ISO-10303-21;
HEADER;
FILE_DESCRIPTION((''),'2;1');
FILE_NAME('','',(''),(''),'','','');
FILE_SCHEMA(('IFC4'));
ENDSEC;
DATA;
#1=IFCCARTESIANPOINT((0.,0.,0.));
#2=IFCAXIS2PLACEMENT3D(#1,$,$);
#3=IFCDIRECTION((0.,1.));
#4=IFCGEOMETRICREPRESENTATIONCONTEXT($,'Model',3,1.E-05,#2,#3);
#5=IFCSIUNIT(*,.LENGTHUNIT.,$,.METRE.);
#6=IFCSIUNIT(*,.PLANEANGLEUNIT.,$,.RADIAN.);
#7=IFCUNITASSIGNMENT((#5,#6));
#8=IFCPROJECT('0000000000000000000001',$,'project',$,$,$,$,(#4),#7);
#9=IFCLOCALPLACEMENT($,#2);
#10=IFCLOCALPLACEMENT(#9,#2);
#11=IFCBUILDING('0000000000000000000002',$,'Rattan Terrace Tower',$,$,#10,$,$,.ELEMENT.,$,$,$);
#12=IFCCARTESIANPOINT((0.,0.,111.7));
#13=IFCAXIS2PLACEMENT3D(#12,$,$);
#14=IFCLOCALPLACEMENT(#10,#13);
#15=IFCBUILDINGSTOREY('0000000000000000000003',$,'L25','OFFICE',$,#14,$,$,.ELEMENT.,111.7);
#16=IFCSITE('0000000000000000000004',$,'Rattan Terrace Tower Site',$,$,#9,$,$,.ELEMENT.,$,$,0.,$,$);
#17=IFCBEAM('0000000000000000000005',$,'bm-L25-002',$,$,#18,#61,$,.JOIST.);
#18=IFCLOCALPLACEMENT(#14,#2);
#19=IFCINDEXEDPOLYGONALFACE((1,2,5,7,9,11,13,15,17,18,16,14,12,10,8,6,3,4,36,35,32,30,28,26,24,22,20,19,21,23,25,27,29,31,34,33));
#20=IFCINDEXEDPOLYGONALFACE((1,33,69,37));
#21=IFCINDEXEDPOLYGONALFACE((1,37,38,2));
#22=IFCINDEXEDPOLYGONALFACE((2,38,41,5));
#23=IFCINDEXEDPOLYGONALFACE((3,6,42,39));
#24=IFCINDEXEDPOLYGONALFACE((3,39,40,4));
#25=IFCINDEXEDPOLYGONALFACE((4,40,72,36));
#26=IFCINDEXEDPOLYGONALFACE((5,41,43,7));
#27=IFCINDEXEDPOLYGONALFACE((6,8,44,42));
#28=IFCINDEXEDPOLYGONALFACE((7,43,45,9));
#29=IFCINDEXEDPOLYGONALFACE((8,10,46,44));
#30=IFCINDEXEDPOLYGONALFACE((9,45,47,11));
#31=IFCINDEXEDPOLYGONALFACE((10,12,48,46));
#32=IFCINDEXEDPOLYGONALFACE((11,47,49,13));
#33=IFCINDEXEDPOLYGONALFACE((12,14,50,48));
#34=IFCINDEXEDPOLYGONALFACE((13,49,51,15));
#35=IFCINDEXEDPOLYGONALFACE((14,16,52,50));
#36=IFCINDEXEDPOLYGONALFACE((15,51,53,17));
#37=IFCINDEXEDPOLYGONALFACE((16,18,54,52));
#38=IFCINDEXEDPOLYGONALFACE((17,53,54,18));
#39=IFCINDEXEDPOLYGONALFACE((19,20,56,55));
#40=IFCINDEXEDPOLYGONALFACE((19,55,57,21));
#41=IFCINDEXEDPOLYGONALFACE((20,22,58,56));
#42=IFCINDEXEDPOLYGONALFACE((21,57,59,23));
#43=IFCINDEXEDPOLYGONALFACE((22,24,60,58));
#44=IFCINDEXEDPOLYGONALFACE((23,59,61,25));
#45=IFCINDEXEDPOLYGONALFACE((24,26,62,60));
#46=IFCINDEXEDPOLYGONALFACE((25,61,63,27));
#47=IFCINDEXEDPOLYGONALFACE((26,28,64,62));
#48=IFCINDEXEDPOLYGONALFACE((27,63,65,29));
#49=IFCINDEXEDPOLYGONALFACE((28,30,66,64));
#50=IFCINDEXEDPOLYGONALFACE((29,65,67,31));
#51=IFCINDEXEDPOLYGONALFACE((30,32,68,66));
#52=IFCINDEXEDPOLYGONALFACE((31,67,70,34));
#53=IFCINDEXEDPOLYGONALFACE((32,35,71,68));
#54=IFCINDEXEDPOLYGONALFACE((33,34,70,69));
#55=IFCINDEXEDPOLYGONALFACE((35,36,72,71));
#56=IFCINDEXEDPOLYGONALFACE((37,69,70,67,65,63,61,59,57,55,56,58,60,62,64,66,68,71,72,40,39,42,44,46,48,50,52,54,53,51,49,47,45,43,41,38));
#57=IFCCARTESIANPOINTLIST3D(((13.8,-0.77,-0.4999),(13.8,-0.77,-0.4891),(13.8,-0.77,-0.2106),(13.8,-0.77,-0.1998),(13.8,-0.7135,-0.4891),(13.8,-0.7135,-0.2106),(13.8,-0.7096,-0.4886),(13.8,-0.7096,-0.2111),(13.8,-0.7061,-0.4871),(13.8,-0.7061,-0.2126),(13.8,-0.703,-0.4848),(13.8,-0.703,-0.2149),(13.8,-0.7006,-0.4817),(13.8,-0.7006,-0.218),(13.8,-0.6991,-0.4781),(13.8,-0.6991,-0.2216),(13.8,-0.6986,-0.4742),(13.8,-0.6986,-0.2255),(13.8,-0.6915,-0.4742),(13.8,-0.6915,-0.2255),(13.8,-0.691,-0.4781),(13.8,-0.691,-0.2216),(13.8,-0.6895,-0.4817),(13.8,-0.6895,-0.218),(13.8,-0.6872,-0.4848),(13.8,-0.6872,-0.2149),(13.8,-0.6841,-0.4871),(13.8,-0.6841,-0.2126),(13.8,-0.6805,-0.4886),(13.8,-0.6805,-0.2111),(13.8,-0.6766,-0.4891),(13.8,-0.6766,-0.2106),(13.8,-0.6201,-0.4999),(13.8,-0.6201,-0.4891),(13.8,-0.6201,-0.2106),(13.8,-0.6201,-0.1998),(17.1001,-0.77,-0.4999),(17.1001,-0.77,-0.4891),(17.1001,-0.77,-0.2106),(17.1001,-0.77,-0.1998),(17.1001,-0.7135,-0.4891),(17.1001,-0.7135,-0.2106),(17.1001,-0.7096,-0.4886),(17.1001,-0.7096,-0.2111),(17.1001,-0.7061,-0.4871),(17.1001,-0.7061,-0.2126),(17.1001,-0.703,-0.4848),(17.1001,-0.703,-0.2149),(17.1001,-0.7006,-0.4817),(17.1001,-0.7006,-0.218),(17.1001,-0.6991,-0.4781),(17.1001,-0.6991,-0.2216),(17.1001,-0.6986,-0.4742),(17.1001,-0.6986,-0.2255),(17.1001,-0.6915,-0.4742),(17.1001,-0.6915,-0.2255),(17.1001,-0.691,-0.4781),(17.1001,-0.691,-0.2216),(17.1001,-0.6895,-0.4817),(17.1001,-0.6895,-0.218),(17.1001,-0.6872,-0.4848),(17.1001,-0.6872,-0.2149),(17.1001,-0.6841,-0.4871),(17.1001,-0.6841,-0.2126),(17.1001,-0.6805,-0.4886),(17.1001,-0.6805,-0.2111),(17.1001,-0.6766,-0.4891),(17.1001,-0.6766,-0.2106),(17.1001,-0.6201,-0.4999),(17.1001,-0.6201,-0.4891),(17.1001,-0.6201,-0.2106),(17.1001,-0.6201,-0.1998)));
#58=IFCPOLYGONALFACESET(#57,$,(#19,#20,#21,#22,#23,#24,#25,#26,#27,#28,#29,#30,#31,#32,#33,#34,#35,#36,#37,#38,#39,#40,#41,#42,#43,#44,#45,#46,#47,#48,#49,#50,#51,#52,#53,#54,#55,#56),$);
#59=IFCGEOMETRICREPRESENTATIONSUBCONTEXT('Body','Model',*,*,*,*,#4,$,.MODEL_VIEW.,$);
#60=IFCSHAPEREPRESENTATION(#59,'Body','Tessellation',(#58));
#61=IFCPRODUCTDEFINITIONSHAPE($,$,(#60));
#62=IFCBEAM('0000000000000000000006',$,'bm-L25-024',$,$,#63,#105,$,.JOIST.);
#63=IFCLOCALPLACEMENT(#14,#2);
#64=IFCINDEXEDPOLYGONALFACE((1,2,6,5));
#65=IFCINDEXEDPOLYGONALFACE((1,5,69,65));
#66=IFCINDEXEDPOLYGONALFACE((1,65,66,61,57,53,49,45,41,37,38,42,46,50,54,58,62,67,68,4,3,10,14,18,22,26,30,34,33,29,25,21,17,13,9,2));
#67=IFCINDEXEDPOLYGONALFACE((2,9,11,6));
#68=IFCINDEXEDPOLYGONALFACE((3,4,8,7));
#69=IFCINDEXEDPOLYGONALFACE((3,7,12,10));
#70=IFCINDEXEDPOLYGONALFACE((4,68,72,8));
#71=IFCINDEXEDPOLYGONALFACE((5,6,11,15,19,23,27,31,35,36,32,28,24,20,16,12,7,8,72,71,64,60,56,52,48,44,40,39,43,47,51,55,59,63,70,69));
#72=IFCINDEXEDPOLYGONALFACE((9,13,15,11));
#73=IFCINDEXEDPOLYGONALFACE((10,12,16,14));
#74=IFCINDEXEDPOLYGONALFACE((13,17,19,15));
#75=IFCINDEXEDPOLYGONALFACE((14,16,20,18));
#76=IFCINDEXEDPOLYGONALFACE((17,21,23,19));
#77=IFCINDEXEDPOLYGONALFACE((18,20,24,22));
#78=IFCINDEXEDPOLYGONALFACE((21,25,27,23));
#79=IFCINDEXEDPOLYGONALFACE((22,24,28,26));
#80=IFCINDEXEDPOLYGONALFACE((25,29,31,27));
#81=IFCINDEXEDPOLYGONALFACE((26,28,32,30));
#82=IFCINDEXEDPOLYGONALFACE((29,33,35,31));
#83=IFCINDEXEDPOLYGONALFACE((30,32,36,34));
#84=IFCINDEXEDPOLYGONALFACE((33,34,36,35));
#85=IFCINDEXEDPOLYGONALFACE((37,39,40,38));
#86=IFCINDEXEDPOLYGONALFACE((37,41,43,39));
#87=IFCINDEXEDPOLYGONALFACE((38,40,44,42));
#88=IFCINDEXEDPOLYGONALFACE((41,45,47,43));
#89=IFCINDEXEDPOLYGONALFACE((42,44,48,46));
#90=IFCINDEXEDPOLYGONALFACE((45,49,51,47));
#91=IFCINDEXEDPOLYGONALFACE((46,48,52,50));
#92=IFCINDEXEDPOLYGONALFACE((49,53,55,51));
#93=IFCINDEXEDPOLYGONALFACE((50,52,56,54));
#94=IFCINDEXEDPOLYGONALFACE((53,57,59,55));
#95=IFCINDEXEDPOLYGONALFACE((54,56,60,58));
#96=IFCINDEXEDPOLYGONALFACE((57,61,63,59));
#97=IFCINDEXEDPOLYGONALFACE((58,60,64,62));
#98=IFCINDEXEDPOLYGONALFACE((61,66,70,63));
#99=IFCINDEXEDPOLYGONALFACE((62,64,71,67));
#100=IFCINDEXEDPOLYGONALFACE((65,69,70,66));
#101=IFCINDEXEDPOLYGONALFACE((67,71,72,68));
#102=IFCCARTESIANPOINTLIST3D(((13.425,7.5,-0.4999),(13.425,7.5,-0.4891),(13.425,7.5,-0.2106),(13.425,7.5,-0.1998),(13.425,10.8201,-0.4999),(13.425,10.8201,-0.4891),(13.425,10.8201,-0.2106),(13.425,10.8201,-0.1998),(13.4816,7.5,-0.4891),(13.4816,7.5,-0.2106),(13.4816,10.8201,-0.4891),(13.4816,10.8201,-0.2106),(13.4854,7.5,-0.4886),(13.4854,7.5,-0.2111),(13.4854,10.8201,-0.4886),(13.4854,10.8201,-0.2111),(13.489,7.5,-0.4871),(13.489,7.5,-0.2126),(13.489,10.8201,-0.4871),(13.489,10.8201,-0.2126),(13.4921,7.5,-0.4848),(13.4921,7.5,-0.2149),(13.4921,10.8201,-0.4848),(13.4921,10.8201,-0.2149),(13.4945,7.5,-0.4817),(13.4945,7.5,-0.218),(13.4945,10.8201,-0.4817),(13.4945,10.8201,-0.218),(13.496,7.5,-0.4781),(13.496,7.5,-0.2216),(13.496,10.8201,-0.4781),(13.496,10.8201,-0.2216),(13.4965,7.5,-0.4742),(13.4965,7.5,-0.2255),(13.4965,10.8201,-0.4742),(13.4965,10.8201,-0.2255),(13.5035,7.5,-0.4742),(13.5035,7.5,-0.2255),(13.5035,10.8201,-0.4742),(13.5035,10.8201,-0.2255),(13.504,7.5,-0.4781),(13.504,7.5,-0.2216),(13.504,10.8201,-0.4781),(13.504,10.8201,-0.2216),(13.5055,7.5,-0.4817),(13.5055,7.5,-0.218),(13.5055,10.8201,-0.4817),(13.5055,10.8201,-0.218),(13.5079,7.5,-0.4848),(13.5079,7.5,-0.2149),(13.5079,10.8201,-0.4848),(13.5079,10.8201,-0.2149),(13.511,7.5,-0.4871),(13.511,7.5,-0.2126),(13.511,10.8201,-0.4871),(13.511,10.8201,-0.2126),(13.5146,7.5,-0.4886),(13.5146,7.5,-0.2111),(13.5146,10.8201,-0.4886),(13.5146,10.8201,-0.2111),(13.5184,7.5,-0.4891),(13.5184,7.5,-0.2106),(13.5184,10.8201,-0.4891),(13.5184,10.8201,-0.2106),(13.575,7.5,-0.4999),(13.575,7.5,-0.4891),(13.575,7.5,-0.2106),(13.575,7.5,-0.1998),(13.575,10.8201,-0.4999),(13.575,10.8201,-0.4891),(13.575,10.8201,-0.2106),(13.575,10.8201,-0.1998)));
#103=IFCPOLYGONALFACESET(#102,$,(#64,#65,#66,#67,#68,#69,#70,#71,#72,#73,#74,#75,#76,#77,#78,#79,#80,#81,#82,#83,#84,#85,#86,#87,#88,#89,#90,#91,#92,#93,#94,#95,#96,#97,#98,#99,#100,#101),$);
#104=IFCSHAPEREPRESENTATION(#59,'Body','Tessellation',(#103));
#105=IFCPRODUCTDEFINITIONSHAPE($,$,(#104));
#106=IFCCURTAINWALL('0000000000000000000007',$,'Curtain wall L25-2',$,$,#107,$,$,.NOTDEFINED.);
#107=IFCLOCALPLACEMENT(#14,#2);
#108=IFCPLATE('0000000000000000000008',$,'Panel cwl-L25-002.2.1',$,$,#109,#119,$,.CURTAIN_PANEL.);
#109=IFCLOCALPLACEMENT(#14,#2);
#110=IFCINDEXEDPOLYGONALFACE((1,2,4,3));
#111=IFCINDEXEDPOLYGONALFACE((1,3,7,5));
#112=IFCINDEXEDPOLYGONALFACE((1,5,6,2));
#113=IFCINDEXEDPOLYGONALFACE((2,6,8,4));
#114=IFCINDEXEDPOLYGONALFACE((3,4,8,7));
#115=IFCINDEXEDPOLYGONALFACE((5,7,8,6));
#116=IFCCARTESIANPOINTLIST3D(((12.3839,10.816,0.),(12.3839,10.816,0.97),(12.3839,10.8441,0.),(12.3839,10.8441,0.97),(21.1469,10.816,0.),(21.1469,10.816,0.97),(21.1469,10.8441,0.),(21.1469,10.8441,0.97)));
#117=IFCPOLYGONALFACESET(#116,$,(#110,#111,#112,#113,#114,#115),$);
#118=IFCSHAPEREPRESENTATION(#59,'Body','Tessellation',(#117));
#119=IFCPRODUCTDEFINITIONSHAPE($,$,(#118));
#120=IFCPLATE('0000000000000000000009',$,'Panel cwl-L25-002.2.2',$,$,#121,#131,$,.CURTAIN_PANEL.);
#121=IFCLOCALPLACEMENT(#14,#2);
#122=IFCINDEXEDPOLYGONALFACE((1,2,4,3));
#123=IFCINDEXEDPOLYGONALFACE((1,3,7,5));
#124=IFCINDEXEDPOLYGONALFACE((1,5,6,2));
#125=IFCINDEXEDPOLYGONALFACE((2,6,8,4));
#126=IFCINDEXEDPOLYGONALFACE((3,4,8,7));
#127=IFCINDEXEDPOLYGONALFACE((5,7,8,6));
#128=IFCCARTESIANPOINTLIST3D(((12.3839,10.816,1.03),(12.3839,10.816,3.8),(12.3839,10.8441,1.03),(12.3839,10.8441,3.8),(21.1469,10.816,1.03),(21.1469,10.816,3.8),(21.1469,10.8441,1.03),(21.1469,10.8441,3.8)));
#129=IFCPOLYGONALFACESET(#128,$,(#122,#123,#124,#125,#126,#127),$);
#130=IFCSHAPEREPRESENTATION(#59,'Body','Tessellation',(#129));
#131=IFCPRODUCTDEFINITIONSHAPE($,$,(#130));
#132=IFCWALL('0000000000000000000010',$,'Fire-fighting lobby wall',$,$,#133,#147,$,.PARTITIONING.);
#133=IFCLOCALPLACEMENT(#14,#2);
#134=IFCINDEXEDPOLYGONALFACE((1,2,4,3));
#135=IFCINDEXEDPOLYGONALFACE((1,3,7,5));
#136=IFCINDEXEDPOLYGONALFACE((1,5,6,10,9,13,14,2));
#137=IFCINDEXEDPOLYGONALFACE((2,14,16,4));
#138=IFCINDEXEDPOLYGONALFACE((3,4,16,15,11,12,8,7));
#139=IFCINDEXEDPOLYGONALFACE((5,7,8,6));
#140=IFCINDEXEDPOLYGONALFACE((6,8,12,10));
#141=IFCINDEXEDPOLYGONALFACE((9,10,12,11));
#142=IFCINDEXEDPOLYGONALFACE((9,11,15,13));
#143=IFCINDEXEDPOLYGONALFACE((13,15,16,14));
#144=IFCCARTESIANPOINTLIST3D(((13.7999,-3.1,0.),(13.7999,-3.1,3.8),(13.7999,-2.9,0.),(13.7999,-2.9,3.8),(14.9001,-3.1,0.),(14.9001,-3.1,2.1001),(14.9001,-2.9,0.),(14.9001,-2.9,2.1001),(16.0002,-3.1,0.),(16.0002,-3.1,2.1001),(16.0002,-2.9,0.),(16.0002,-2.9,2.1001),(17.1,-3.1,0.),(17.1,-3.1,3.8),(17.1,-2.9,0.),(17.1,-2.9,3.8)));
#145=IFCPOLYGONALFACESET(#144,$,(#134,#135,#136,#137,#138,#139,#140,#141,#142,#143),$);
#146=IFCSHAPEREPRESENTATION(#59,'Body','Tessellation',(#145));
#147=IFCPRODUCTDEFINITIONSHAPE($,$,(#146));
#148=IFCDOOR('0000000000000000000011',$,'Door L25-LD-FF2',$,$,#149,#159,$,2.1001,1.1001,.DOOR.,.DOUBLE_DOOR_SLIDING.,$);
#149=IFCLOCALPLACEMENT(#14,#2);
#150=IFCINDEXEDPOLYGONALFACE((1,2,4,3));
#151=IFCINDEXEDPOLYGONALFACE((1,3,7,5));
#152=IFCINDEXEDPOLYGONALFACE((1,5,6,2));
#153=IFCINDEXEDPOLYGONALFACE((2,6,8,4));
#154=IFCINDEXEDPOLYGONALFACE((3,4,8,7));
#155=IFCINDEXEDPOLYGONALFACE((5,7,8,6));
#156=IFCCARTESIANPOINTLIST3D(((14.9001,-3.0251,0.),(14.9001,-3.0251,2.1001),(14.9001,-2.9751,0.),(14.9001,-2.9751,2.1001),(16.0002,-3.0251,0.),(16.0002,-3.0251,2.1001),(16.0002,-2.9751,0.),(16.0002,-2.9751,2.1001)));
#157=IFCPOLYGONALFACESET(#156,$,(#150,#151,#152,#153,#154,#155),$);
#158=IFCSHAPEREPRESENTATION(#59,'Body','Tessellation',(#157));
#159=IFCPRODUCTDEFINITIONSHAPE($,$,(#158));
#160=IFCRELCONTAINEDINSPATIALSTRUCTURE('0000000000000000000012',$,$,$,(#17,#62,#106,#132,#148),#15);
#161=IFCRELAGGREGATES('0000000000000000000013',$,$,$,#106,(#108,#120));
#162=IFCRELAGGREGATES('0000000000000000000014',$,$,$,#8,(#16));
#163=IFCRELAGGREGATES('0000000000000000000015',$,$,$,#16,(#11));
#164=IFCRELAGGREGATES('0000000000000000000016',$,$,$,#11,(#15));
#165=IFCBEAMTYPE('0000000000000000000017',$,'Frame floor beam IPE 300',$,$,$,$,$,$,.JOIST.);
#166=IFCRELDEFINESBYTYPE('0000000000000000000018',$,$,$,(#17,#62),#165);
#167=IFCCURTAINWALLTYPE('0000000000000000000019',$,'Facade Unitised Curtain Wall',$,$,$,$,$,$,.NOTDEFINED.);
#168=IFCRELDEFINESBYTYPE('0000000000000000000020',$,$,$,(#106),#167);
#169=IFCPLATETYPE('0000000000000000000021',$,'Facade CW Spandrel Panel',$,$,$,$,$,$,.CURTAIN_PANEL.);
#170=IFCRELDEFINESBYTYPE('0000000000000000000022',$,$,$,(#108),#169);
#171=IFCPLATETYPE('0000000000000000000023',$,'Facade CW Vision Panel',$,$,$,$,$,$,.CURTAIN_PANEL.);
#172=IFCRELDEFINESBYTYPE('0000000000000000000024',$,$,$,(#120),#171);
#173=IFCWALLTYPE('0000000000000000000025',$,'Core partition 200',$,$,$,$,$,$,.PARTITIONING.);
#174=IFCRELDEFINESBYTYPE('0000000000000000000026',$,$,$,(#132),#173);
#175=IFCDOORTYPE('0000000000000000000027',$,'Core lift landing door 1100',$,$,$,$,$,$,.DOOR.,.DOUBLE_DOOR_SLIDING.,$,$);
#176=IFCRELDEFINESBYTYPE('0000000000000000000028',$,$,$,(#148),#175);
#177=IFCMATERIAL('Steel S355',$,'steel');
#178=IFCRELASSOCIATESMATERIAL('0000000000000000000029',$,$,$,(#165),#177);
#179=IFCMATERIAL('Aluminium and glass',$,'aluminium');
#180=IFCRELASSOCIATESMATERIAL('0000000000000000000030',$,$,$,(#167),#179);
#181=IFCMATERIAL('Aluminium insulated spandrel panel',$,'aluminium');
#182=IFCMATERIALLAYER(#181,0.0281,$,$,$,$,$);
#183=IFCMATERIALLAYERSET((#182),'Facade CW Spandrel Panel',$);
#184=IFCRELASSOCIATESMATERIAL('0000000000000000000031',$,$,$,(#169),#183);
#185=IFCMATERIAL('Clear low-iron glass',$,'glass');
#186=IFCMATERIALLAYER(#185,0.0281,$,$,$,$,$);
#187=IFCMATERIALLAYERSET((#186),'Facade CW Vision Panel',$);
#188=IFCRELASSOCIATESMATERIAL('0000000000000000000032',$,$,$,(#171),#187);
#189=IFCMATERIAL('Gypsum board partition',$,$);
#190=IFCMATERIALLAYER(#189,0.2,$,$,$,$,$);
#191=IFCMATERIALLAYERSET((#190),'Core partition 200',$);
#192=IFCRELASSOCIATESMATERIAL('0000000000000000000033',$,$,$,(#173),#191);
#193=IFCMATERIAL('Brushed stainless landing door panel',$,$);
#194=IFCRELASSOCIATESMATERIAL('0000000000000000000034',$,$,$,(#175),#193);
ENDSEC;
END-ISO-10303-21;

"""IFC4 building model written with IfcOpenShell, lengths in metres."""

from ifc_helpers import new_model, si_unit, direction, frame, frame_2d, origin, origin_2d, place, context, subcontext, project, spatial, rectangle, i_section, extrude, material, layer, layer_set, material_profile, profile_set, type_object, element, fill, aggregate, save


model = new_model("IFC4")

# Units and contexts
model_context = context("Model", 3, precision=1e-05, world=origin(), true_north=direction((0.0, 1.0)))
body_context = subcontext(model_context, "Body", "Model", "MODEL_VIEW")
ifc_project = project(units=[si_unit("LENGTHUNIT", "METRE"), si_unit("PLANEANGLEUNIT", "RADIAN")], contexts=[model_context])

# Site, building, storey
site_placement = place(None, origin())
site = spatial("IfcSite", under=ifc_project, at=site_placement, Name="Rattan Terrace Tower Site", CompositionType="ELEMENT", RefElevation=0.0)
building_placement = place(site_placement, origin())
building = spatial("IfcBuilding", under=site, at=building_placement, Name="Rattan Terrace Tower", CompositionType="ELEMENT")
storey_placement = place(building_placement, frame((0.0, 0.0, 111.7)))
storey = spatial("IfcBuildingStorey", under=building, at=storey_placement, Name="L25", Description="OFFICE", CompositionType="ELEMENT", Elevation=111.7)

# Beams
ifc_material_1 = material(Name="Steel S355", Category="steel")
ifc_material_profile_1 = material_profile(ifc_material_1, i_section(OverallWidth=0.1499, OverallDepth=0.3, WebThickness=0.0071, FlangeThickness=0.0107, FilletRadius=0.0149, at=origin_2d()), Name="IPE 300")
ifc_profile_set_1 = profile_set([ifc_material_profile_1], Name="Steel S355")
beam_type_1 = type_object("IfcBeamType", Name="Frame floor beam IPE 300", PredefinedType="JOIST", material=ifc_profile_set_1)
beam_1_placement = place(storey_placement, frame((13.8, -0.6951, -0.3499), z_axis=(1.0, 0.0, 0.0), x_axis=(0.0, 1.0, 0.0)))
element("IfcBeam", 1, at=beam_1_placement, inside=storey, type_object=beam_type_1, Name="bm-L25-002", PredefinedType="JOIST", context=body_context, shape_type="SweptSolid", body=[
    extrude(i_section(OverallWidth=0.1499, OverallDepth=0.3, WebThickness=0.0071, FlangeThickness=0.0107, FilletRadius=0.0149, at=origin_2d()), origin(), (0.0, 0.0, 1.0), 3.3),
])
beam_2_placement = place(storey_placement, frame((13.5, 7.5, -0.3499), z_axis=(0.0, 1.0, 0.0), x_axis=(-1.0, 0.0, 0.0)))
element("IfcBeam", 2, at=beam_2_placement, inside=storey, type_object=beam_type_1, Name="bm-L25-024", PredefinedType="JOIST", context=body_context, shape_type="SweptSolid", body=[
    extrude(i_section(OverallWidth=0.1499, OverallDepth=0.3, WebThickness=0.0071, FlangeThickness=0.0107, FilletRadius=0.0149, at=origin_2d()), origin(), (0.0, 0.0, 1.0), 3.3201),
])

# Curtain wall, plates
ifc_material_2 = material(Name="Aluminium and glass", Category="aluminium")
curtain_wall_type = type_object("IfcCurtainWallType", Name="Facade Unitised Curtain Wall", PredefinedType="NOTDEFINED", material=ifc_material_2)
curtain_wall_placement = place(storey_placement, origin())
curtain_wall = element("IfcCurtainWall", 3, at=curtain_wall_placement, inside=storey, type_object=curtain_wall_type, Name="Curtain wall L25-2", PredefinedType="NOTDEFINED")
ifc_material_3 = material(Name="Aluminium insulated spandrel panel", Category="aluminium")
ifc_layer_1 = layer(ifc_material_3, 0.0281)
ifc_layer_set_1 = layer_set([ifc_layer_1], Name="Facade CW Spandrel Panel")
plate_type_1 = type_object("IfcPlateType", Name="Facade CW Spandrel Panel", PredefinedType="CURTAIN_PANEL", material=ifc_layer_set_1)
plate_1_placement = place(storey_placement, frame((16.7654, 10.8301, 0.0), z_axis=(0.0, 0.0, 1.0), x_axis=(-1.0, 0.0, 0.0)))
plate_1 = element("IfcPlate", 4, at=plate_1_placement, type_object=plate_type_1, Name="Panel cwl-L25-002.2.1", PredefinedType="CURTAIN_PANEL", context=body_context, shape_type="SweptSolid", body=[
    extrude(rectangle(XDim=8.7629, YDim=0.0281, at=origin_2d()), origin(), (0.0, 0.0, 1.0), 0.97),
])
ifc_material_4 = material(Name="Clear low-iron glass", Category="glass")
ifc_layer_2 = layer(ifc_material_4, 0.0281)
ifc_layer_set_2 = layer_set([ifc_layer_2], Name="Facade CW Vision Panel")
plate_type_2 = type_object("IfcPlateType", Name="Facade CW Vision Panel", PredefinedType="CURTAIN_PANEL", material=ifc_layer_set_2)
plate_2_placement = place(storey_placement, frame((16.7654, 10.8301, 1.03), z_axis=(0.0, 0.0, 1.0), x_axis=(-1.0, 0.0, 0.0)))
plate_2 = element("IfcPlate", 5, at=plate_2_placement, type_object=plate_type_2, Name="Panel cwl-L25-002.2.2", PredefinedType="CURTAIN_PANEL", context=body_context, shape_type="SweptSolid", body=[
    extrude(rectangle(XDim=8.7629, YDim=0.0281, at=origin_2d()), origin(), (0.0, 0.0, 1.0), 2.77),
])
aggregate(curtain_wall, [plate_1, plate_2])

# Wall, opening, door
ifc_material_5 = material(Name="Gypsum board partition")
ifc_layer_3 = layer(ifc_material_5, 0.2)
ifc_layer_set_3 = layer_set([ifc_layer_3], Name="Core partition 200")
wall_type_1 = type_object("IfcWallType", Name="Core partition 200", PredefinedType="PARTITIONING", material=ifc_layer_set_3)
wall_1_placement = place(storey_placement, frame((13.8, -3.0, 0.0), z_axis=(0.0, 0.0, 1.0), x_axis=(1.0, 0.0, 0.0)))
wall_1 = element("IfcWall", 6, at=wall_1_placement, inside=storey, type_object=wall_type_1, Name="Fire-fighting lobby wall", PredefinedType="PARTITIONING", context=body_context, shape_type="SweptSolid", body=[
    extrude(rectangle(XDim=3.3, YDim=0.2, at=frame_2d((1.6499, 0.0))), origin(), (0.0, 0.0, 1.0), 3.8),
])
opening_1_placement = place(wall_1_placement, frame((1.1001, 0.0, 0.0)))
opening_1 = element("IfcOpeningElement", 7, at=opening_1_placement, cuts=wall_1, PredefinedType="OPENING", context=body_context, shape_type="SweptSolid", body=[
    extrude(rectangle(XDim=1.1001, YDim=2.1001, at=frame_2d((0.55, 1.05))), frame((0.0, 0.1106, 0.0), z_axis=(0.0, -1.0, 0.0), x_axis=(1.0, 0.0, 0.0)), (0.0, 0.0, 1.0), 0.2209),
])
ifc_material_6 = material(Name="Brushed stainless landing door panel")
door_type_1 = type_object("IfcDoorType", Name="Core lift landing door 1100", OperationType="DOUBLE_DOOR_SLIDING", PredefinedType="DOOR", material=ifc_material_6)
door_1_placement = place(opening_1_placement, origin())
door_1 = element("IfcDoor", 8, at=door_1_placement, inside=storey, type_object=door_type_1, Name="Door L25-LD-FF2", OperationType="DOUBLE_DOOR_SLIDING", OverallHeight=2.1001, OverallWidth=1.1001, PredefinedType="DOOR", context=body_context, shape_type="SweptSolid", body=[
    extrude(rectangle(XDim=1.1001, YDim=2.1001, at=frame_2d((0.55, 1.05))), frame((0.0, 0.0249, 0.0), z_axis=(0.0, -1.0, 0.0), x_axis=(1.0, 0.0, 0.0)), (0.0, 0.0, 1.0), 0.05),
])
fill(opening_1, door_1)

save(model, "model.ifc")
